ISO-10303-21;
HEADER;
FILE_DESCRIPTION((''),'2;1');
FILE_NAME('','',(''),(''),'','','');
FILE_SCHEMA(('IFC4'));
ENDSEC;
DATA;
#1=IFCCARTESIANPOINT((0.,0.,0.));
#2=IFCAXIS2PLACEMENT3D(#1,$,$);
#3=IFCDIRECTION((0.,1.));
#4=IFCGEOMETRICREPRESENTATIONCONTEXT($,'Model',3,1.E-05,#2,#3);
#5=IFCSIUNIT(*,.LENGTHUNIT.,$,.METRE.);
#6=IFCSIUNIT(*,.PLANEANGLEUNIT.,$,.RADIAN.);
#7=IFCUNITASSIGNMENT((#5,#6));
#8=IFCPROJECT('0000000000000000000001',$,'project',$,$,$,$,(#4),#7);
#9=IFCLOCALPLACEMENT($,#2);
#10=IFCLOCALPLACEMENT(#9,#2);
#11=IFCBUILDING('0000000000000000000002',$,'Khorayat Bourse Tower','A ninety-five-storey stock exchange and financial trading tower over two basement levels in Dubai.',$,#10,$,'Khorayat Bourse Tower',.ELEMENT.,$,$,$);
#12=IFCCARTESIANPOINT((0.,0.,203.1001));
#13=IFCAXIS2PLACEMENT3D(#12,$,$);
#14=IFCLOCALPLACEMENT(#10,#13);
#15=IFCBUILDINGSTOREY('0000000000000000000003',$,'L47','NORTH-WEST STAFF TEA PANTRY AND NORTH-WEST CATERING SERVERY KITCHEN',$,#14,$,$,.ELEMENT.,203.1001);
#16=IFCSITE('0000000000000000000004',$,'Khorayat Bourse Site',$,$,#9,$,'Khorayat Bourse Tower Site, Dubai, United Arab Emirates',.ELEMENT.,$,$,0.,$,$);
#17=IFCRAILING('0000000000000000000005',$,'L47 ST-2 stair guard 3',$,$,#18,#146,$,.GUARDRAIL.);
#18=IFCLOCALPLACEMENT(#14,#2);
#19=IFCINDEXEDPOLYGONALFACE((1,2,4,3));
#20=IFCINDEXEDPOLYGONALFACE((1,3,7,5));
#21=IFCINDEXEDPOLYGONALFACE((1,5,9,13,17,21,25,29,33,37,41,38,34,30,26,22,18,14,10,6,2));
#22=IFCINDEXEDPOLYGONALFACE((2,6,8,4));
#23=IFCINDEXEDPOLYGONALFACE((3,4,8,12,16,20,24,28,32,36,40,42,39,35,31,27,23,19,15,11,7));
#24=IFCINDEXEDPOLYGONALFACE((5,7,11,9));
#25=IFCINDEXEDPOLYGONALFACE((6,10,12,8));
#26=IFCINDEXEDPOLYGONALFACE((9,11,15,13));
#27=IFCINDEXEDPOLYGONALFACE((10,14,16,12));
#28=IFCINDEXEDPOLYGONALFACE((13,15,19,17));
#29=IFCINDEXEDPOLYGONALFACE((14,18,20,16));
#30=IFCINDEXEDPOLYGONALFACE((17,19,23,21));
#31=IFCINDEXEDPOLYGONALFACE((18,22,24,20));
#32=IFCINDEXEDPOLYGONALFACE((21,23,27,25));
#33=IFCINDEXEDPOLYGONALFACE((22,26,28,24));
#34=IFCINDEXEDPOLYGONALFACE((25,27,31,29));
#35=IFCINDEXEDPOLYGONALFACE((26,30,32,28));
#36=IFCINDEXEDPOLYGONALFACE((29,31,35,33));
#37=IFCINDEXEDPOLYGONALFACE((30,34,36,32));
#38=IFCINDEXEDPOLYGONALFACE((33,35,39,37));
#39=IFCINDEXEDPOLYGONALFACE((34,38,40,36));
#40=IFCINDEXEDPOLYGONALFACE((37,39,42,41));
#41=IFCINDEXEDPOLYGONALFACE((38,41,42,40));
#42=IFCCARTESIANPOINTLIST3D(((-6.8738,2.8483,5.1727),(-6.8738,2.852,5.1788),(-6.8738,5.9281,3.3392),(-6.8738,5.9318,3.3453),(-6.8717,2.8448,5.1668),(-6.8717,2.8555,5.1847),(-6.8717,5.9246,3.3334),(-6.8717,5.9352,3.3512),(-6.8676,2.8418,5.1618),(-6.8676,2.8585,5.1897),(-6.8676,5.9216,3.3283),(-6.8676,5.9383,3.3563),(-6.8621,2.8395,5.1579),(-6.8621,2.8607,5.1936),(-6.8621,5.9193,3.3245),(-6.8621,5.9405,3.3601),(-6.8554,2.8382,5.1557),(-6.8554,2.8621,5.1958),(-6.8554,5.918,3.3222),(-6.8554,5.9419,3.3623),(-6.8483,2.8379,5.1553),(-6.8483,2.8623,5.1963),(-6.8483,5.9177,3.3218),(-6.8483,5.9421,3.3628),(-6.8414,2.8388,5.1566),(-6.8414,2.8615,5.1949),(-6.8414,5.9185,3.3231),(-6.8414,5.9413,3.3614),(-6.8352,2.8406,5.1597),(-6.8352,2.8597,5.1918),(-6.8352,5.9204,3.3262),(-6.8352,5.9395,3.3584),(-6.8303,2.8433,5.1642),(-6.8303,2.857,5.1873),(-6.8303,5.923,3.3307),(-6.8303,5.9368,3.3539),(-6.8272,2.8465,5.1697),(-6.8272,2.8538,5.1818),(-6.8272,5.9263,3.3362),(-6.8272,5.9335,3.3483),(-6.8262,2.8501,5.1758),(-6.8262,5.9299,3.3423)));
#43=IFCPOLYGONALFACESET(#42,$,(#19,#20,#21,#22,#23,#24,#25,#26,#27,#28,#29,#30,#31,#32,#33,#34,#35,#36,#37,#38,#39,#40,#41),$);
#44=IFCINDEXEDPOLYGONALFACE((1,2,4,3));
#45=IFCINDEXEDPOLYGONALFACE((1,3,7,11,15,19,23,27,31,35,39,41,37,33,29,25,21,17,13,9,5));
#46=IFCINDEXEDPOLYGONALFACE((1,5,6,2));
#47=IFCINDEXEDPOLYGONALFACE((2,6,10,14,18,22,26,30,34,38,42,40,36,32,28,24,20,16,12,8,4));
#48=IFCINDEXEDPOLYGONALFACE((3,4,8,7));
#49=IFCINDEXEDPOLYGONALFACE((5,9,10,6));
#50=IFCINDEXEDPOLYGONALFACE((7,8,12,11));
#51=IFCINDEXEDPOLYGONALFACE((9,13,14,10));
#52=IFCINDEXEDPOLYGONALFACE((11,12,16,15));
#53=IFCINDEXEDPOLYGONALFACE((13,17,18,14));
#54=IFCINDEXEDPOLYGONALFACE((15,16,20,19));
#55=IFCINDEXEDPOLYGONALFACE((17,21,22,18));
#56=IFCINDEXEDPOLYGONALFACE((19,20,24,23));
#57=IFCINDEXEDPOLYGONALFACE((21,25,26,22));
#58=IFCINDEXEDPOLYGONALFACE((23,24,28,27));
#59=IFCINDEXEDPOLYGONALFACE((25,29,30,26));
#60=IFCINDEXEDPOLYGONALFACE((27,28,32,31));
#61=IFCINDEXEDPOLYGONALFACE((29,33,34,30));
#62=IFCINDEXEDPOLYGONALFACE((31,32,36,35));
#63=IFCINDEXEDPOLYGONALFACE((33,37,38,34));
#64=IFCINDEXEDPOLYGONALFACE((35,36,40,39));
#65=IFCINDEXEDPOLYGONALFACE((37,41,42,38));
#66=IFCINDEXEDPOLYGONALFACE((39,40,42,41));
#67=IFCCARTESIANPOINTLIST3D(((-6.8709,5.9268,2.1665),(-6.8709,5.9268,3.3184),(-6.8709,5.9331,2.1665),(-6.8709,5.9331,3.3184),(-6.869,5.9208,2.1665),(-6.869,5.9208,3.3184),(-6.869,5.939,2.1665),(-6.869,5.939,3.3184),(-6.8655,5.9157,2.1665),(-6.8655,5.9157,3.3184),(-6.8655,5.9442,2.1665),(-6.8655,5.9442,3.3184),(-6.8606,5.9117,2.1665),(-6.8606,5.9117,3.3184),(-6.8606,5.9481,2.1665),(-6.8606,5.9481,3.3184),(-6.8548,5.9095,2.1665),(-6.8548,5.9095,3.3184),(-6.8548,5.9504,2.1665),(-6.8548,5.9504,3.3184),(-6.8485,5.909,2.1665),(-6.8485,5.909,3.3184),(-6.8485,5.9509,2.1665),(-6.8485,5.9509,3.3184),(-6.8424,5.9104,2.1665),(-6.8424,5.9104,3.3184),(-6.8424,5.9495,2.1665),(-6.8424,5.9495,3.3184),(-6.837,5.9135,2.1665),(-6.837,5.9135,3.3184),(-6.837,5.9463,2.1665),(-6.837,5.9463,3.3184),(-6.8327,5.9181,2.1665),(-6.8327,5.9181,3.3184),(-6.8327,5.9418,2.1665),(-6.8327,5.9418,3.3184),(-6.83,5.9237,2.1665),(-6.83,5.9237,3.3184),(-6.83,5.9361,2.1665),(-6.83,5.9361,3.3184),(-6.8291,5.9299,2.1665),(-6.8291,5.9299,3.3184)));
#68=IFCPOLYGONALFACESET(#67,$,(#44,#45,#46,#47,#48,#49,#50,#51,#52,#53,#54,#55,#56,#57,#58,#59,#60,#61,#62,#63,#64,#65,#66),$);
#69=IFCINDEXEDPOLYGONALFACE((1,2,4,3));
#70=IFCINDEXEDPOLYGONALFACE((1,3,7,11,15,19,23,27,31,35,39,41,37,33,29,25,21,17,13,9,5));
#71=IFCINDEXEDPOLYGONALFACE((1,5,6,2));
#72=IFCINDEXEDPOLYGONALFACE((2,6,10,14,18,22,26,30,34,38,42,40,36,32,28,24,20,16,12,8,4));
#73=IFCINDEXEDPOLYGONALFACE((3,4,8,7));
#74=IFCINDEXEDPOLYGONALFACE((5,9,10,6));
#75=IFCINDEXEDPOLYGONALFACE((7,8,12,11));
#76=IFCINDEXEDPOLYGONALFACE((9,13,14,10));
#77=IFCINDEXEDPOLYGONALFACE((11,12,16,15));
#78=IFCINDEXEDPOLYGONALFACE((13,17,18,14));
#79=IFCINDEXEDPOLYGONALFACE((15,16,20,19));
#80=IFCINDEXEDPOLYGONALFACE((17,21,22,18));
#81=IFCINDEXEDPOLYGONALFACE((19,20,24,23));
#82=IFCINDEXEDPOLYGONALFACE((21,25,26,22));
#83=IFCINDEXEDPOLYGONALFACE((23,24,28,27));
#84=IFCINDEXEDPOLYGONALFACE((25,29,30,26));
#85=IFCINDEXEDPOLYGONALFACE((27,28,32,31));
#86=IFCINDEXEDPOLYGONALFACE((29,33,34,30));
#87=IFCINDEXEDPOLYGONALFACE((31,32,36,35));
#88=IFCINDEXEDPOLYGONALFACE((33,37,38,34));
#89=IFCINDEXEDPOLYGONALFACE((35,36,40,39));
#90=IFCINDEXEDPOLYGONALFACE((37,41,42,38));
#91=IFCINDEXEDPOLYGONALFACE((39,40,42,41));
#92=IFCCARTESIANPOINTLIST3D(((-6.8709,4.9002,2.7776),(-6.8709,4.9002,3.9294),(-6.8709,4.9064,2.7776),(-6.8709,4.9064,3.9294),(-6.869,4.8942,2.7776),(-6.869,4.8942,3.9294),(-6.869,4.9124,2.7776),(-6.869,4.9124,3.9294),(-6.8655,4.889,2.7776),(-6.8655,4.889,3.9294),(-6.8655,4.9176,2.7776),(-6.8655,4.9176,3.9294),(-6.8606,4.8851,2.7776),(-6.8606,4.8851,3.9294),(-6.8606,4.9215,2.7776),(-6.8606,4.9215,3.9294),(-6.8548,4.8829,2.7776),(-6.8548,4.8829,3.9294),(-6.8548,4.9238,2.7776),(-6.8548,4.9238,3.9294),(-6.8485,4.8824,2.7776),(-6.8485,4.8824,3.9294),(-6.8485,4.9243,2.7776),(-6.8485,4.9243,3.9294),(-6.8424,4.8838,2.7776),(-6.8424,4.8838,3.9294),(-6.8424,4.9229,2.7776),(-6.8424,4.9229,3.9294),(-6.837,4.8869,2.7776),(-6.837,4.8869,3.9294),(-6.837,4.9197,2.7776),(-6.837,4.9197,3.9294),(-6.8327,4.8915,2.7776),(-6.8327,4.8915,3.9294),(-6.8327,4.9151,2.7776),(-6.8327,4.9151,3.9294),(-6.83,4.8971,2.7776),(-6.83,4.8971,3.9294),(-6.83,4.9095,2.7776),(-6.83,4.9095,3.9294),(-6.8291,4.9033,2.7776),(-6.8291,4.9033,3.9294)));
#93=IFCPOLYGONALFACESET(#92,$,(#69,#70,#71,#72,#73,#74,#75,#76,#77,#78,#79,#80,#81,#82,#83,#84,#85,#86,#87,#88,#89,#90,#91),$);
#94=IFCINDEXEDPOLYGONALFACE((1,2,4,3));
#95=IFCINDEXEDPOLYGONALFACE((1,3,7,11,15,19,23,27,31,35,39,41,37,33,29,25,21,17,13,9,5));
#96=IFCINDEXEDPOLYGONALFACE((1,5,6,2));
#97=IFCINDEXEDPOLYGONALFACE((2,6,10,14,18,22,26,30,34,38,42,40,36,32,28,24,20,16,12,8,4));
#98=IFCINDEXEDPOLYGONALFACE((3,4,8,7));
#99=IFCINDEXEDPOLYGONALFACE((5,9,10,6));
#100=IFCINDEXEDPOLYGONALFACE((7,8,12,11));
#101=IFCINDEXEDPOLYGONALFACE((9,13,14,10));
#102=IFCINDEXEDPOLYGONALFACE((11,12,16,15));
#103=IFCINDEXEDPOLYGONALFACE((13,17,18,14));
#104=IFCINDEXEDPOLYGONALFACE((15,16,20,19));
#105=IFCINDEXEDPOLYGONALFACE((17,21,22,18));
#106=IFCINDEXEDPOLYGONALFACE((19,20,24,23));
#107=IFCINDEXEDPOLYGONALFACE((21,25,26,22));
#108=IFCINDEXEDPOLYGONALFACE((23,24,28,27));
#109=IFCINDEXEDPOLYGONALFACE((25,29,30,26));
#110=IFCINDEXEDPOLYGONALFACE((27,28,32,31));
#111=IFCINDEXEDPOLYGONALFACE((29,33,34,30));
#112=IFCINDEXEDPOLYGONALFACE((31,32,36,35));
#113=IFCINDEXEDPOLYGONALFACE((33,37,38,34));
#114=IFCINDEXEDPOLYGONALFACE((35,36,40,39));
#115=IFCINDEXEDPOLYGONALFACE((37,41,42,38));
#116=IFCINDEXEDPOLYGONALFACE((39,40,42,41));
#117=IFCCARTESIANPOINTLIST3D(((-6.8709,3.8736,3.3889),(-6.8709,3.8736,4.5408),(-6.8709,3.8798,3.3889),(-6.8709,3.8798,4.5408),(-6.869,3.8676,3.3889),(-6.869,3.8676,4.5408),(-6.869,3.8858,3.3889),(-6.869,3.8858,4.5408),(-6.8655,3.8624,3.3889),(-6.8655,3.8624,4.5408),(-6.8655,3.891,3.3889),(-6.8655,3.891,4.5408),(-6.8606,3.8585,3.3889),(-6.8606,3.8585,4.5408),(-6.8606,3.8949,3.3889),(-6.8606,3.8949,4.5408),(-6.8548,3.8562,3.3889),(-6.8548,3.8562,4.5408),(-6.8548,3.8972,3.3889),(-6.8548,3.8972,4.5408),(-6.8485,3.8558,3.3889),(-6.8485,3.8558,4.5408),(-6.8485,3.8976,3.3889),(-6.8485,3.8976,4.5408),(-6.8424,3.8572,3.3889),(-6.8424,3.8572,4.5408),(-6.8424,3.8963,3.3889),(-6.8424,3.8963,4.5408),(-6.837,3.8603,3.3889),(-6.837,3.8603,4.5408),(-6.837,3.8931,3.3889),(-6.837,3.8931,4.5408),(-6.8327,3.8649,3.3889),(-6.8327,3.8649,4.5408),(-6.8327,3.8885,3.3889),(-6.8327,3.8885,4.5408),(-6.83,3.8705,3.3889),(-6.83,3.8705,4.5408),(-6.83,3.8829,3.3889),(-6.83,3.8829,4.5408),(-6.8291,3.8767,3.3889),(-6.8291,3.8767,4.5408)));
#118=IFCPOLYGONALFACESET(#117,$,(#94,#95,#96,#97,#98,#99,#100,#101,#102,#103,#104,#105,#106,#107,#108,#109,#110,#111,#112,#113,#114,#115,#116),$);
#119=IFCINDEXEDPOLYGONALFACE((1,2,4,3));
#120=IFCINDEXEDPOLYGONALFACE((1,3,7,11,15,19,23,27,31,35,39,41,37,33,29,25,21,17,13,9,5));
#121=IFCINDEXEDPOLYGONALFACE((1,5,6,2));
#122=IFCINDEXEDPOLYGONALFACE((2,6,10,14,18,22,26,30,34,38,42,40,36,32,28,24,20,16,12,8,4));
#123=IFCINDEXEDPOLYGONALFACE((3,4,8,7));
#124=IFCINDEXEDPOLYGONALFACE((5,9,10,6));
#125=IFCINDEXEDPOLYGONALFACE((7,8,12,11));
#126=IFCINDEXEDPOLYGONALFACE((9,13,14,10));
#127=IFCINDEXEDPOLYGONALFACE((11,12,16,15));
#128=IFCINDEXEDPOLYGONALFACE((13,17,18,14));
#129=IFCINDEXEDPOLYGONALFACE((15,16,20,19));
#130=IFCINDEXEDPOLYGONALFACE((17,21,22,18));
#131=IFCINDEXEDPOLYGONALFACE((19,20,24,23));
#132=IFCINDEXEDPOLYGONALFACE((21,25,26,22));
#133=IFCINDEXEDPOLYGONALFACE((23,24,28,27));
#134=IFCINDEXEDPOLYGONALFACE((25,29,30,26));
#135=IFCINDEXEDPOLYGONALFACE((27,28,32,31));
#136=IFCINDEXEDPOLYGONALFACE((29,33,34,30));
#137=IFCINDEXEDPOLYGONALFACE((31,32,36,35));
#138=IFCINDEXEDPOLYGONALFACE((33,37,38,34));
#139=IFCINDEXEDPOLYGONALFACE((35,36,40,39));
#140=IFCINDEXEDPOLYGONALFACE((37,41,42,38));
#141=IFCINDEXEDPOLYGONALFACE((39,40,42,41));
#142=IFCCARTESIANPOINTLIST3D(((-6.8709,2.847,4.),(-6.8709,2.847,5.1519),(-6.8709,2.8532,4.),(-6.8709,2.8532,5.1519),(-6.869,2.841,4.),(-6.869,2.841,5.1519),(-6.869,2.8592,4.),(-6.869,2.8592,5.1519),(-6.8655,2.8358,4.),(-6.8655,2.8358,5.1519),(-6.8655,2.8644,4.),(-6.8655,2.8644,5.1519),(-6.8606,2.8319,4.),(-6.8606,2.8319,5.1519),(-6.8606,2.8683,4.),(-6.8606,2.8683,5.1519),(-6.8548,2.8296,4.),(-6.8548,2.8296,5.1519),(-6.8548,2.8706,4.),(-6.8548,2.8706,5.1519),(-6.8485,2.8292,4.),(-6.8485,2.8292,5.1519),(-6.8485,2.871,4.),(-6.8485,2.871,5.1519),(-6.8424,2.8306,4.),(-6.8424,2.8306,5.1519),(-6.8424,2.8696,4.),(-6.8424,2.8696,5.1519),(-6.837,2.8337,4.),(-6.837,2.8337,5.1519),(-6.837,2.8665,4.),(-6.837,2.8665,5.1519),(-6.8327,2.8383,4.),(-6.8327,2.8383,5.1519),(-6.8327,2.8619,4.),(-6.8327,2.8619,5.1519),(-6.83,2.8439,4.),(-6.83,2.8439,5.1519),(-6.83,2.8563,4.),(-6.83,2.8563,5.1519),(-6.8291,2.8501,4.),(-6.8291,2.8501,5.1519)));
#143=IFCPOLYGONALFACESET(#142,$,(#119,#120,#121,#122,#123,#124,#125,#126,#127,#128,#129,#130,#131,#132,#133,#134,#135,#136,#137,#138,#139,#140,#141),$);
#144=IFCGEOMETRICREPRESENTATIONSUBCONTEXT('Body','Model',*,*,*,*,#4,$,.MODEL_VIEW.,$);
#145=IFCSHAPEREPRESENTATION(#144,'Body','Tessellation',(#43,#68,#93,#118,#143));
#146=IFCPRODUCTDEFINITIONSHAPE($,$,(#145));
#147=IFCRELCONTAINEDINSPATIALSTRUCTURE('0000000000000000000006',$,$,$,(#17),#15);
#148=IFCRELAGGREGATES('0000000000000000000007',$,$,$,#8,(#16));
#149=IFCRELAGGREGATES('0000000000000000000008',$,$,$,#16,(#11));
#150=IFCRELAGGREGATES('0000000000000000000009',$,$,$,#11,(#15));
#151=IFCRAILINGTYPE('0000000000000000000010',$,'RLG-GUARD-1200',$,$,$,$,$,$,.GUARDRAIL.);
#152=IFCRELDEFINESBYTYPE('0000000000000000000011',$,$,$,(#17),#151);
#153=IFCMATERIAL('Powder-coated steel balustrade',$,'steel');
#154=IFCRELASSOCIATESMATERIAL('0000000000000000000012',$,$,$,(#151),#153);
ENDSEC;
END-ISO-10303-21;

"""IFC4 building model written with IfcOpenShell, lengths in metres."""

from ifc_helpers import new_model, si_unit, direction, frame, origin, origin_2d, place, context, subcontext, project, spatial, circle, extrude, source, transform, mapped, material, type_object, element, save


model = new_model("IFC4")

# Units and contexts
model_context = context("Model", 3, precision=1e-05, world=origin(), true_north=direction((0.0, 1.0)))
body_context = subcontext(model_context, "Body", "Model", "MODEL_VIEW")
ifc_project = project(units=[si_unit("LENGTHUNIT", "METRE"), si_unit("PLANEANGLEUNIT", "RADIAN")], contexts=[model_context])

# Site, building, storey
site_placement = place(None, origin())
site = spatial("IfcSite", under=ifc_project, at=site_placement, Name="Khorayat Bourse Site", LongName="Khorayat Bourse Tower Site, Dubai, United Arab Emirates", CompositionType="ELEMENT", RefElevation=0.0)
building_placement = place(site_placement, origin())
building = spatial("IfcBuilding", under=site, at=building_placement, Name="Khorayat Bourse Tower", Description="A ninety-five-storey stock exchange and financial trading tower over two basement levels in Dubai.", LongName="Khorayat Bourse Tower", CompositionType="ELEMENT")
storey_placement = place(building_placement, frame((0.0, 0.0, 203.1001)))
storey = spatial("IfcBuildingStorey", under=building, at=storey_placement, Name="L47", Description="NORTH-WEST STAFF TEA PANTRY AND NORTH-WEST CATERING SERVERY KITCHEN", CompositionType="ELEMENT", Elevation=203.1001)

# Railing
ifc_material_1 = material(Name="Powder-coated steel balustrade", Category="steel")
railing_type_1 = type_object("IfcRailingType", Name="RLG-GUARD-1200", PredefinedType="GUARDRAIL", material=ifc_material_1)
shared_shape_1 = source(origin(), body_context, "Body", "SweptSolid", [
    extrude(circle(Radius=0.0239, at=origin_2d()), frame((0.0, 0.0, 1.1758), z_axis=(0.0, -0.859261, 0.511538), x_axis=(1.0, 0.0, 0.0)), (0.0, 0.0, 1.0), 3.5842),
    extrude(circle(Radius=0.021, at=origin_2d()), origin(), (0.0, 0.0, 1.0), 1.1519),
    extrude(circle(Radius=0.021, at=origin_2d()), frame((0.0, -1.0266, 0.6111)), (0.0, 0.0, 1.0), 1.1519),
    extrude(circle(Radius=0.021, at=origin_2d()), frame((0.0, -2.0532, 1.2224)), (0.0, 0.0, 1.0), 1.1519),
    extrude(circle(Radius=0.021, at=origin_2d()), frame((0.0, -3.0798, 1.8335)), (0.0, 0.0, 1.0), 1.1519),
])
railing_1_placement = place(storey_placement, frame((-6.8501, 5.9299, 2.1665)))
element("IfcRailing", 1, at=railing_1_placement, inside=storey, type_object=railing_type_1, Name="L47 ST-2 stair guard 3", PredefinedType="GUARDRAIL", context=body_context, shape_type="MappedRepresentation", body=[
    mapped(shared_shape_1, transform((0.0, 0.0, 0.0), scale=1.0)),
])

save(model, "model.ifc")
